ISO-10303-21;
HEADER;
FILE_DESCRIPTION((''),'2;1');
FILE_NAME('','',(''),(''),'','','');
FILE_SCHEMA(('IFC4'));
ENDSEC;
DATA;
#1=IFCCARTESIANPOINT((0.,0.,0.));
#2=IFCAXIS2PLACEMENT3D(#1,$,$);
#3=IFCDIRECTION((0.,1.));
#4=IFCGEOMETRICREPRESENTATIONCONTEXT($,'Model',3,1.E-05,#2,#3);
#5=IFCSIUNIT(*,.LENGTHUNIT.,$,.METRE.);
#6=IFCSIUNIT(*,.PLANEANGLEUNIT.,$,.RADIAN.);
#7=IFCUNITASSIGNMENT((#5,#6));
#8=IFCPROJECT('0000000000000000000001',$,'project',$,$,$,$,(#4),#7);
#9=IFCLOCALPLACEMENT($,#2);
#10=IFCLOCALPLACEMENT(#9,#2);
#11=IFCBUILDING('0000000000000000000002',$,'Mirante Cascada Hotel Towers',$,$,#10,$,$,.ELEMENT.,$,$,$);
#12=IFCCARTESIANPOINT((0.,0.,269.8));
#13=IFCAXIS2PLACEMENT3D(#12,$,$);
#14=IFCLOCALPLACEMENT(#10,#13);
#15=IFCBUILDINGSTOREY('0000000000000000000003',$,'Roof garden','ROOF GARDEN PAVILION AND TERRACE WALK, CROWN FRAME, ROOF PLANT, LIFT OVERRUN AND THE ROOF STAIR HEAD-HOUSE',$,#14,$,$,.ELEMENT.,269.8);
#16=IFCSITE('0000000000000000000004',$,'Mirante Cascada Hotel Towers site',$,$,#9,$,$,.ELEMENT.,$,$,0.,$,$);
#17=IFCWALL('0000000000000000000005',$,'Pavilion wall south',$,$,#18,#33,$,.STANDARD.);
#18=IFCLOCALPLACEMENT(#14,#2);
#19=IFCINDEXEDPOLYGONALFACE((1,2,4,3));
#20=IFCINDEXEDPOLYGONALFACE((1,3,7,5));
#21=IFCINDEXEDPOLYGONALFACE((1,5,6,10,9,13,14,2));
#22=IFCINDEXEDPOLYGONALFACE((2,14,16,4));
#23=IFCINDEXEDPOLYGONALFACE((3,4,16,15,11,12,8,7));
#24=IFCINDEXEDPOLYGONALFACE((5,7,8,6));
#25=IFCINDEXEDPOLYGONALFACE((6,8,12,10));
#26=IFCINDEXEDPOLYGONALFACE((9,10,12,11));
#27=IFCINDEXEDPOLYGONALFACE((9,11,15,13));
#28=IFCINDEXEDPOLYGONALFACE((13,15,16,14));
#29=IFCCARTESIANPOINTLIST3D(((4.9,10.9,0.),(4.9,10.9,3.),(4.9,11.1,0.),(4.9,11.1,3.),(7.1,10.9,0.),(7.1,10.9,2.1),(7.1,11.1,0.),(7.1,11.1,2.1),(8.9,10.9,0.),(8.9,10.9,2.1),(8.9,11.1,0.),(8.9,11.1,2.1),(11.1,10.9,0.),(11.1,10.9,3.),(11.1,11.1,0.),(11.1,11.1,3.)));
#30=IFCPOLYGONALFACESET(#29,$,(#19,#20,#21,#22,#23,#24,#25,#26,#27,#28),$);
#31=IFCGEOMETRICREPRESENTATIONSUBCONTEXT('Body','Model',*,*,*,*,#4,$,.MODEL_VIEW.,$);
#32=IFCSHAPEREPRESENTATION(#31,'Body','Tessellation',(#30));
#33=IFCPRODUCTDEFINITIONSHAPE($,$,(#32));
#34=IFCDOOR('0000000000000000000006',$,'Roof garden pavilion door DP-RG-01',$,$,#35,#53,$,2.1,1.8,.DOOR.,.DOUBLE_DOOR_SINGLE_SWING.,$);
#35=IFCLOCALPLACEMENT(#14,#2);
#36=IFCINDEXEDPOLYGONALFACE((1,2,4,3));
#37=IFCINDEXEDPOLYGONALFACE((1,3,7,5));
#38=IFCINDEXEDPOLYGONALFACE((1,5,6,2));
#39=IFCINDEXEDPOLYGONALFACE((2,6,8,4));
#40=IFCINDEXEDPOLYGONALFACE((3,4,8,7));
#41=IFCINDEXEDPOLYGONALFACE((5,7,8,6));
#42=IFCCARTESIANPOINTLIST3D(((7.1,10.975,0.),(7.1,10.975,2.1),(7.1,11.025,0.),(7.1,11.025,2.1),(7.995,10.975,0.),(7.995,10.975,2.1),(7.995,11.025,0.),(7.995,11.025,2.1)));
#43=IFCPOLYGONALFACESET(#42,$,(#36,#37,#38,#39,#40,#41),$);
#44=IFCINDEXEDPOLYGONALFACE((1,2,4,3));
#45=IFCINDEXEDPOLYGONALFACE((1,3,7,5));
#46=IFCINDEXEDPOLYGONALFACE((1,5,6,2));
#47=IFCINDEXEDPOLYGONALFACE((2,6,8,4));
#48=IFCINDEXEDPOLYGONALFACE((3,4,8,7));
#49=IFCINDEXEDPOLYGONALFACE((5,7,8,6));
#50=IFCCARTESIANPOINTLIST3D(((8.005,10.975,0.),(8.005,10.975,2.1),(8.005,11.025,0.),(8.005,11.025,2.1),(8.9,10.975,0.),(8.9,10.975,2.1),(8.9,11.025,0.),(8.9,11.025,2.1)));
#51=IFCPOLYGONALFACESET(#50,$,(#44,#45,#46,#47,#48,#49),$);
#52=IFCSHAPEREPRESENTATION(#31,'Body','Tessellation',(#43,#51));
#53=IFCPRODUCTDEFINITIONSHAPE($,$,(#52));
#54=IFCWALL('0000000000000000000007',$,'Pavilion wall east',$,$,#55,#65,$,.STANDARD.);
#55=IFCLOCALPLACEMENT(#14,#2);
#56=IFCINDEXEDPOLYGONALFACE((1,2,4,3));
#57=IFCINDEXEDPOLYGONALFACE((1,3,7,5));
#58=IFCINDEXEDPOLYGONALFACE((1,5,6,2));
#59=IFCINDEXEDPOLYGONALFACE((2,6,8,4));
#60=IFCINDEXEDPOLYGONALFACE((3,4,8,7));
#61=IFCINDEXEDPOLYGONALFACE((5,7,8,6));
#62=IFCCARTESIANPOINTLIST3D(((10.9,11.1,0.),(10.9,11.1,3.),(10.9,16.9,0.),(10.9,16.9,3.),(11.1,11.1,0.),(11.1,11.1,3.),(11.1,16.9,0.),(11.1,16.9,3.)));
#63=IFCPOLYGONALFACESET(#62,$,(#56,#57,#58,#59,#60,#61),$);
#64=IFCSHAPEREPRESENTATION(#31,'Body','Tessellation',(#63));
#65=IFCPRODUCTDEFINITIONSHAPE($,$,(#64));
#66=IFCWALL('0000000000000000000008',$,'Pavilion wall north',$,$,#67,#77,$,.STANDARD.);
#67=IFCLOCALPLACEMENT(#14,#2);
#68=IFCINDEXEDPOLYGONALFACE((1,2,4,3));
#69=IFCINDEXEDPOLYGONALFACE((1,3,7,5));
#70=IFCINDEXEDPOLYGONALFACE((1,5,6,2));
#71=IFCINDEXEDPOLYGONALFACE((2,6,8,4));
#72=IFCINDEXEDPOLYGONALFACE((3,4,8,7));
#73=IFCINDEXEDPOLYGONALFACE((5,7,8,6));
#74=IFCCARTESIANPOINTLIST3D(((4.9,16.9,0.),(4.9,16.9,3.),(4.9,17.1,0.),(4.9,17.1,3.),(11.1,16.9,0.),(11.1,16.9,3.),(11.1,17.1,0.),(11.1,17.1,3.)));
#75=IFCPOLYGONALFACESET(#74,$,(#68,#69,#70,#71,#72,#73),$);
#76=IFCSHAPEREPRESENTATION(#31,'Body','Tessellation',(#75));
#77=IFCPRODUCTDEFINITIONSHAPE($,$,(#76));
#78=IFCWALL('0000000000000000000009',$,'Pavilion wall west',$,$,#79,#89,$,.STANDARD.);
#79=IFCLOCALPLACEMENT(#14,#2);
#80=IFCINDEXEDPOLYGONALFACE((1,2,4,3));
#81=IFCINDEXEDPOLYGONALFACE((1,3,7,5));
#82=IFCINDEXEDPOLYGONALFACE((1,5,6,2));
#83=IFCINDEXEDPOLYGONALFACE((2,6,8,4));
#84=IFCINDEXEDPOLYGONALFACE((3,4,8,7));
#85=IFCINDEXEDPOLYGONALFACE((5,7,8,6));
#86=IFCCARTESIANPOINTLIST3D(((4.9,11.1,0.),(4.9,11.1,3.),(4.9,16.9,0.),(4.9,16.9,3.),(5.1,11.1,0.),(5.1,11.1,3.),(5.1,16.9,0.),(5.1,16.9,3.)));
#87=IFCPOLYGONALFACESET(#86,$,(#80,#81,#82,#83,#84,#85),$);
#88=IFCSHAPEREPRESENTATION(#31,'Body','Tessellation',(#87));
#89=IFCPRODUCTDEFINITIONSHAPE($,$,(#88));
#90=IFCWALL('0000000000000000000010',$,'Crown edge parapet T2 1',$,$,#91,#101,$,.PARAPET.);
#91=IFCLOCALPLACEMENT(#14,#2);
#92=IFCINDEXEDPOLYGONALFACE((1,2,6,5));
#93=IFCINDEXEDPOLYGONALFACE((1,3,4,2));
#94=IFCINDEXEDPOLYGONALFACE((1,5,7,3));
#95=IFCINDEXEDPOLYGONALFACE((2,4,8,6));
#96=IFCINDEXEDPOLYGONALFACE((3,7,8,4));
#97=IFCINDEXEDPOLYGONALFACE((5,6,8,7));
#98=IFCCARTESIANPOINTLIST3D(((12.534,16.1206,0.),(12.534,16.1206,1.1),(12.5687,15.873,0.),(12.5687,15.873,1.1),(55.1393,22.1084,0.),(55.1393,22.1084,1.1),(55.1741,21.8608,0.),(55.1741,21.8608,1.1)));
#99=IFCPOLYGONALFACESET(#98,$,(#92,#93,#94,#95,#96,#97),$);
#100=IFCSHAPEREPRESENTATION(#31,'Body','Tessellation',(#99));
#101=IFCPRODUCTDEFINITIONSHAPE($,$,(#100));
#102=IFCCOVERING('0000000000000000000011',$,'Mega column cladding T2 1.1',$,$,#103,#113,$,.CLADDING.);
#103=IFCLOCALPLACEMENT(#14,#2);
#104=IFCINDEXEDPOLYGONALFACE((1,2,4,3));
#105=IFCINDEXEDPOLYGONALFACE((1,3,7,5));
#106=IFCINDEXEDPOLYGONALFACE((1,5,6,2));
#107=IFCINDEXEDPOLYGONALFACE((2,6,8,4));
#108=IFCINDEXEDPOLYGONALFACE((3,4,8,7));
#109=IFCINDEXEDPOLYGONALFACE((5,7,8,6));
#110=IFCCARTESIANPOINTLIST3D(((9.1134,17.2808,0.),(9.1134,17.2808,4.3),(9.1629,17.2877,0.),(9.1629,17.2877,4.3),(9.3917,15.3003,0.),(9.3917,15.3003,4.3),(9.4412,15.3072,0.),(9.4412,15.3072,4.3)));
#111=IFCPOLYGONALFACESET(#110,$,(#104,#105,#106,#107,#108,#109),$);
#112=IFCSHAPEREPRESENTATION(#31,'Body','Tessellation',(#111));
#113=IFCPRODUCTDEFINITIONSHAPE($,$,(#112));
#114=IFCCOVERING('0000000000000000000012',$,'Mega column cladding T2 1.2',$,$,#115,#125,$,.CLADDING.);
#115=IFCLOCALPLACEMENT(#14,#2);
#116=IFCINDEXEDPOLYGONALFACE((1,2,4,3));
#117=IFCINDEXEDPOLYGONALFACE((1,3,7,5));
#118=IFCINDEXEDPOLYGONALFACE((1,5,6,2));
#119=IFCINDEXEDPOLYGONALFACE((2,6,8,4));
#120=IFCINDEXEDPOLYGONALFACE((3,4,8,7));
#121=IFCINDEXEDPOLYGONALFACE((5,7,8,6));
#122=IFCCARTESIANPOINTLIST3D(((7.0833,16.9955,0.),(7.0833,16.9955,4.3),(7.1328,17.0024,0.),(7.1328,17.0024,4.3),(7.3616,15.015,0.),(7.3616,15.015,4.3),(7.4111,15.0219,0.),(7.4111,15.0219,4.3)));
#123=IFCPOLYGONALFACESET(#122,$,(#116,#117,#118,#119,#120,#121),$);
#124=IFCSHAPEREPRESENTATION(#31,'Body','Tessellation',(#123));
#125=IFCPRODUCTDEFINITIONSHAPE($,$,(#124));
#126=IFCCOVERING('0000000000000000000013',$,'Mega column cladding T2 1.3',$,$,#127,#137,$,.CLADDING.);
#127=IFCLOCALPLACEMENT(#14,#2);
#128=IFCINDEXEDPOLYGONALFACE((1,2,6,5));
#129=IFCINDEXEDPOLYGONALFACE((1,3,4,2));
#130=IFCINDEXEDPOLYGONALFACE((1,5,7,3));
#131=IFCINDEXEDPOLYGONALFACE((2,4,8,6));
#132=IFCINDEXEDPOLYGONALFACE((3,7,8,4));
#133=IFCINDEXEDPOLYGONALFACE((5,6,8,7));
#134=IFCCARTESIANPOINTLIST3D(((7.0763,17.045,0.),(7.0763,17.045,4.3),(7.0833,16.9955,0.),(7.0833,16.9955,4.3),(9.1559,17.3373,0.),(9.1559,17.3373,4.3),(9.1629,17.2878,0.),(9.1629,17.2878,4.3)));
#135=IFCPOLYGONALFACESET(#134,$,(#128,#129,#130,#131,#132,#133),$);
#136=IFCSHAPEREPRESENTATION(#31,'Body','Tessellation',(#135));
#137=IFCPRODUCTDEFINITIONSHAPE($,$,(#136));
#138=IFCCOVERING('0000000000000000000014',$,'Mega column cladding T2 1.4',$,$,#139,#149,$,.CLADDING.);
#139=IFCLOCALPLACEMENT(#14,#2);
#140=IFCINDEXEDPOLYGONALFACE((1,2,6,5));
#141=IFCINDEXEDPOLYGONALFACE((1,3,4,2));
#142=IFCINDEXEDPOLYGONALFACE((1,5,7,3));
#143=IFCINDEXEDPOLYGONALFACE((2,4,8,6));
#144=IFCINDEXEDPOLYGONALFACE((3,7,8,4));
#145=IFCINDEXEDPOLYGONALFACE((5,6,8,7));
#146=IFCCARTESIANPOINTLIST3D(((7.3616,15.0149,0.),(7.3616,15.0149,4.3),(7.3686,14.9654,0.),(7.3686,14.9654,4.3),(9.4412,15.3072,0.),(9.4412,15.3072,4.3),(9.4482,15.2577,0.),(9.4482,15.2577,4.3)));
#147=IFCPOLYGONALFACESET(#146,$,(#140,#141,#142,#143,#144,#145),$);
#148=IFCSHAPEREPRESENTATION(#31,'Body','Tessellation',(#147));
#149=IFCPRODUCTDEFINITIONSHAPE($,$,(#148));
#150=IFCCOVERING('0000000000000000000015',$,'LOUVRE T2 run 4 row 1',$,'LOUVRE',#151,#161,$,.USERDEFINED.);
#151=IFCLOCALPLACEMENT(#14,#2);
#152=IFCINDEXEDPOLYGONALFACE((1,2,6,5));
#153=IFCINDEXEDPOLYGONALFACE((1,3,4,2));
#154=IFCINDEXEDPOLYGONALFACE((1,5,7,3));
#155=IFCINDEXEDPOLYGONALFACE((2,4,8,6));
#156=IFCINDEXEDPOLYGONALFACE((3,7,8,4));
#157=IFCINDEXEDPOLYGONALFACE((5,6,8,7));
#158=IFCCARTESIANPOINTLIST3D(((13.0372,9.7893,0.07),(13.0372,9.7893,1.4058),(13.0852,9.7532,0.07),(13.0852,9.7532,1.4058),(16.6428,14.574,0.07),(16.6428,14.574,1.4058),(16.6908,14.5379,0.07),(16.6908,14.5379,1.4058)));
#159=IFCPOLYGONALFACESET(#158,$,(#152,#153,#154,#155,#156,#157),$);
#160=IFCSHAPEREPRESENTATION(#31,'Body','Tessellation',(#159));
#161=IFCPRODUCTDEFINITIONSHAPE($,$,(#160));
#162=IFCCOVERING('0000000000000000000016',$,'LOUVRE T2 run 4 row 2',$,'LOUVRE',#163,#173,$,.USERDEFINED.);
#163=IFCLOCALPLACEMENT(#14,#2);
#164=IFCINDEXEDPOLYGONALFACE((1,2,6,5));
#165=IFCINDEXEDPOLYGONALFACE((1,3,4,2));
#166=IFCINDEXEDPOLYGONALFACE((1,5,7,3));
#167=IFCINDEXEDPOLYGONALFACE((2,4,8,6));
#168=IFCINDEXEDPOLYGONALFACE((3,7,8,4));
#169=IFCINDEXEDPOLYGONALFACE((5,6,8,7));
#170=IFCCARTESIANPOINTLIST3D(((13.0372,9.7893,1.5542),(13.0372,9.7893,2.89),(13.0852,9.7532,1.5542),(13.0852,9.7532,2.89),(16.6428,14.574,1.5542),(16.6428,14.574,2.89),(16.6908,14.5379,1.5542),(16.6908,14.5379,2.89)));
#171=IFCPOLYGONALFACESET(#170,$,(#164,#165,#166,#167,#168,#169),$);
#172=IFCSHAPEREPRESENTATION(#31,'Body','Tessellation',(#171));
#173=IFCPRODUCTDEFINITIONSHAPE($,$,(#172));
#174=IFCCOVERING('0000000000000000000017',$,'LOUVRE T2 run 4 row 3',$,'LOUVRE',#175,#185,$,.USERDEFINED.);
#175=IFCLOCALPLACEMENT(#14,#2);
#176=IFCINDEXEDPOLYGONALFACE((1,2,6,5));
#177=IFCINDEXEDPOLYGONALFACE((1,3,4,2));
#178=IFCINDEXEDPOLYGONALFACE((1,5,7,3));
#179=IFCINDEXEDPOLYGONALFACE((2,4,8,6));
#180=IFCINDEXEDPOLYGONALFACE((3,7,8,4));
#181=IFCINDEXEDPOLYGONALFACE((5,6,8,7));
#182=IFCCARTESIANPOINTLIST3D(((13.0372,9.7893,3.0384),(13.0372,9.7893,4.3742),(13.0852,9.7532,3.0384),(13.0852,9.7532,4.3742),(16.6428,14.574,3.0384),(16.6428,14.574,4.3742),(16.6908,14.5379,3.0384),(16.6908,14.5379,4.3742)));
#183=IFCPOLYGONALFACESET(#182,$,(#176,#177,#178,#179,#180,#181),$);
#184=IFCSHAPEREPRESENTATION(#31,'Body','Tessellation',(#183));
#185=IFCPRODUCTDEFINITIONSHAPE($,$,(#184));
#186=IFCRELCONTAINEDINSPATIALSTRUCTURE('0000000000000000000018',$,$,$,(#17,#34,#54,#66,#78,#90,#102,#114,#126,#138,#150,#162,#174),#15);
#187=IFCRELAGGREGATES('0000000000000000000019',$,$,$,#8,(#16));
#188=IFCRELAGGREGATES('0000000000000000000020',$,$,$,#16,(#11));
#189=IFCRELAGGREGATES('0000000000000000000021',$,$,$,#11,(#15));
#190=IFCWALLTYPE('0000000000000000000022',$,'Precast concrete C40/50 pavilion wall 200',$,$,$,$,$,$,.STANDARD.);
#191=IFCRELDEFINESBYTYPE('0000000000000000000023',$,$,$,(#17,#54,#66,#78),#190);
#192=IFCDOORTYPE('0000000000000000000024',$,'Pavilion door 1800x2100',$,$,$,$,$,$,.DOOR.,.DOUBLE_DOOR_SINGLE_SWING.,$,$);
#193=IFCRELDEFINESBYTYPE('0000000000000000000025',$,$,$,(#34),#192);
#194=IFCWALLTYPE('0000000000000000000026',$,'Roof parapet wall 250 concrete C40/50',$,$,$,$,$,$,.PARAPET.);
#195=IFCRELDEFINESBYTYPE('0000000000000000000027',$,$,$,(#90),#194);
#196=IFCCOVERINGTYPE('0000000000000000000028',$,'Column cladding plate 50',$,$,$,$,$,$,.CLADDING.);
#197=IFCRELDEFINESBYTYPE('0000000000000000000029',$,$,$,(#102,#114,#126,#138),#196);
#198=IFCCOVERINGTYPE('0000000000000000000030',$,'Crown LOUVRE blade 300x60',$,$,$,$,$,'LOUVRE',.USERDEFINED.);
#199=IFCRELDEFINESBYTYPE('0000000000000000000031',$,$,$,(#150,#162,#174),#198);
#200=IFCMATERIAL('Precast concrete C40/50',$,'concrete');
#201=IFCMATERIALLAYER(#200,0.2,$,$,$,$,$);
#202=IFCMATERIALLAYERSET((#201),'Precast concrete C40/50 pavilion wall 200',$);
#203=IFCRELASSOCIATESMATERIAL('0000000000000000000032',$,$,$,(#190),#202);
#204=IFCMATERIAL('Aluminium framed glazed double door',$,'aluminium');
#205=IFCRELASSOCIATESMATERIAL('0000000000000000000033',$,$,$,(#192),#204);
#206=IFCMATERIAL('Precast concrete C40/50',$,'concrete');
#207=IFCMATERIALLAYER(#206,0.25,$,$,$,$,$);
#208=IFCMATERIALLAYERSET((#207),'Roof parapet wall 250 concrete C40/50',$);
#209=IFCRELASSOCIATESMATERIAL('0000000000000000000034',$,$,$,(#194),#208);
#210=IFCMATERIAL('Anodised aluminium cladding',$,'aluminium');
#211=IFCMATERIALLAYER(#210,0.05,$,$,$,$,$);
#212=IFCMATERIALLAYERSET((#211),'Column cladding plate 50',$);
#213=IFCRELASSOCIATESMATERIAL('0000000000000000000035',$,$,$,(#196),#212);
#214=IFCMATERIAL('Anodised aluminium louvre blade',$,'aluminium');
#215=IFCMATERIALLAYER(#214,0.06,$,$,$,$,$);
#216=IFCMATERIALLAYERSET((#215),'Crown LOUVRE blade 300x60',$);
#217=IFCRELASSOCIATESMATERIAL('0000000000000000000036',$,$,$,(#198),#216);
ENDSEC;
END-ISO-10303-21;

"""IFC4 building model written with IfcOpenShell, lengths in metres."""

from ifc_helpers import new_model, si_unit, direction, frame, frame_2d, origin, origin_2d, place, context, subcontext, project, spatial, rectangle, extrude, material, layer, layer_set, type_object, element, fill, save


model = new_model("IFC4")

# Units and contexts
model_context = context("Model", 3, precision=1e-05, world=origin(), true_north=direction((0.0, 1.0)))
body_context = subcontext(model_context, "Body", "Model", "MODEL_VIEW")
ifc_project = project(units=[si_unit("LENGTHUNIT", "METRE"), si_unit("PLANEANGLEUNIT", "RADIAN")], contexts=[model_context])

# Site, building, storey
site_placement = place(None, origin())
site = spatial("IfcSite", under=ifc_project, at=site_placement, Name="Mirante Cascada Hotel Towers site", CompositionType="ELEMENT", RefElevation=0.0)
building_placement = place(site_placement, origin())
building = spatial("IfcBuilding", under=site, at=building_placement, Name="Mirante Cascada Hotel Towers", CompositionType="ELEMENT")
storey_placement = place(building_placement, frame((0.0, 0.0, 269.8)))
storey = spatial("IfcBuildingStorey", under=building, at=storey_placement, Name="Roof garden", Description="ROOF GARDEN PAVILION AND TERRACE WALK, CROWN FRAME, ROOF PLANT, LIFT OVERRUN AND THE ROOF STAIR HEAD-HOUSE", CompositionType="ELEMENT", Elevation=269.8)

# Wall, opening, door
ifc_material_1 = material(Name="Precast concrete C40/50", Category="concrete")
ifc_layer_1 = layer(ifc_material_1, 0.2)
ifc_layer_set_1 = layer_set([ifc_layer_1], Name="Precast concrete C40/50 pavilion wall 200")
wall_type_1 = type_object("IfcWallType", Name="Precast concrete C40/50 pavilion wall 200", PredefinedType="STANDARD", material=ifc_layer_set_1)
wall_1_placement = place(storey_placement, frame((4.9, 11.0, 0.0), z_axis=(0.0, 0.0, 1.0), x_axis=(1.0, 0.0, 0.0)))
wall_1 = element("IfcWall", 1, at=wall_1_placement, inside=storey, type_object=wall_type_1, Name="Pavilion wall south", PredefinedType="STANDARD", context=body_context, shape_type="SweptSolid", body=[
    extrude(rectangle(XDim=6.2, YDim=0.2, at=frame_2d((3.1, 0.0))), origin(), (0.0, 0.0, 1.0), 3.0),
])
opening_1_placement = place(wall_1_placement, frame((2.2, 0.0, 0.0)))
opening_1 = element("IfcOpeningElement", 2, at=opening_1_placement, cuts=wall_1, PredefinedType="OPENING", context=body_context, shape_type="SweptSolid", body=[
    extrude(rectangle(XDim=1.8, YDim=2.1, at=frame_2d((0.9, 1.05))), frame((0.0, 0.1, 0.0), z_axis=(0.0, -1.0, 0.0), x_axis=(1.0, 0.0, 0.0)), (0.0, 0.0, 1.0), 0.2),
])
ifc_material_2 = material(Name="Aluminium framed glazed double door", Category="aluminium")
door_type_1 = type_object("IfcDoorType", Name="Pavilion door 1800x2100", OperationType="DOUBLE_DOOR_SINGLE_SWING", PredefinedType="DOOR", material=ifc_material_2)
door_1_placement = place(opening_1_placement, origin())
door_1 = element("IfcDoor", 3, at=door_1_placement, inside=storey, type_object=door_type_1, Name="Roof garden pavilion door DP-RG-01", OperationType="DOUBLE_DOOR_SINGLE_SWING", OverallHeight=2.1, OverallWidth=1.8, PredefinedType="DOOR", context=body_context, shape_type="SweptSolid", body=[
    extrude(rectangle(XDim=0.895, YDim=2.1, at=frame_2d((0.4475, 1.05))), frame((0.0, 0.025, 0.0), z_axis=(0.0, -1.0, 0.0), x_axis=(1.0, 0.0, 0.0)), (0.0, 0.0, 1.0), 0.05),
    extrude(rectangle(XDim=0.895, YDim=2.1, at=frame_2d((1.3525, 1.05))), frame((0.0, 0.025, 0.0), z_axis=(0.0, -1.0, 0.0), x_axis=(1.0, 0.0, 0.0)), (0.0, 0.0, 1.0), 0.05),
])
fill(opening_1, door_1)

# Walls
wall_2_placement = place(storey_placement, frame((11.0, 11.1, 0.0), z_axis=(0.0, 0.0, 1.0), x_axis=(0.0, 1.0, 0.0)))
element("IfcWall", 4, at=wall_2_placement, inside=storey, type_object=wall_type_1, Name="Pavilion wall east", PredefinedType="STANDARD", context=body_context, shape_type="SweptSolid", body=[
    extrude(rectangle(XDim=5.8, YDim=0.2, at=frame_2d((2.9, 0.0))), origin(), (0.0, 0.0, 1.0), 3.0),
])
wall_3_placement = place(storey_placement, frame((11.1, 17.0, 0.0), z_axis=(0.0, 0.0, 1.0), x_axis=(-1.0, 0.0, 0.0)))
element("IfcWall", 5, at=wall_3_placement, inside=storey, type_object=wall_type_1, Name="Pavilion wall north", PredefinedType="STANDARD", context=body_context, shape_type="SweptSolid", body=[
    extrude(rectangle(XDim=6.2, YDim=0.2, at=frame_2d((3.1, 0.0))), origin(), (0.0, 0.0, 1.0), 3.0),
])
wall_4_placement = place(storey_placement, frame((5.0, 16.9, 0.0), z_axis=(0.0, 0.0, 1.0), x_axis=(0.0, -1.0, 0.0)))
element("IfcWall", 6, at=wall_4_placement, inside=storey, type_object=wall_type_1, Name="Pavilion wall west", PredefinedType="STANDARD", context=body_context, shape_type="SweptSolid", body=[
    extrude(rectangle(XDim=5.8, YDim=0.2, at=frame_2d((2.9, 0.0))), origin(), (0.0, 0.0, 1.0), 3.0),
])
ifc_material_3 = material(Name="Precast concrete C40/50", Category="concrete")
ifc_layer_2 = layer(ifc_material_3, 0.25)
ifc_layer_set_2 = layer_set([ifc_layer_2], Name="Roof parapet wall 250 concrete C40/50")
wall_type_2 = type_object("IfcWallType", Name="Roof parapet wall 250 concrete C40/50", PredefinedType="PARAPET", material=ifc_layer_set_2)
wall_5_placement = place(storey_placement, frame((12.5514, 15.9968, 0.0), z_axis=(0.0, 0.0, 1.0), x_axis=(0.990268, 0.139173, 0.0)))
element("IfcWall", 7, at=wall_5_placement, inside=storey, type_object=wall_type_2, Name="Crown edge parapet T2 1", PredefinedType="PARAPET", context=body_context, shape_type="SweptSolid", body=[
    extrude(rectangle(XDim=43.0241, YDim=0.25, at=frame_2d((21.512, 0.0))), origin(), (0.0, 0.0, 1.0), 1.1),
])

# Coverings
ifc_material_4 = material(Name="Anodised aluminium cladding", Category="aluminium")
ifc_layer_3 = layer(ifc_material_4, 0.05)
ifc_layer_set_3 = layer_set([ifc_layer_3], Name="Column cladding plate 50")
covering_type_1 = type_object("IfcCoveringType", Name="Column cladding plate 50", PredefinedType="CLADDING", material=ifc_layer_set_3)
for number, where, z_axis, x_axis, name in (
    (8, (9.2773, 16.294, 0.0), (0.0, 0.0, 1.0), (0.990268, 0.139173, 0.0), "Mega column cladding T2 1.1"),
    (9, (7.2472, 16.0087, 0.0), (0.0, 0.0, 1.0), (0.990268, 0.139173, 0.0), "Mega column cladding T2 1.2"),
):
    element("IfcCovering", number, at=place(storey_placement, frame(where, z_axis=z_axis, x_axis=x_axis)), inside=storey, type_object=covering_type_1, Name=name, PredefinedType="CLADDING", context=body_context, shape_type="SweptSolid", body=[
        extrude(rectangle(XDim=0.05, YDim=2.0, at=origin_2d()), origin(), (0.0, 0.0, 1.0), 4.3),
    ])
for number, where, z_axis, x_axis, name in (
    (10, (8.1196, 17.1664, 0.0), (0.0, 0.0, 1.0), (0.990268, 0.139173, 0.0), "Mega column cladding T2 1.3"),
    (11, (8.4049, 15.1363, 0.0), (0.0, 0.0, 1.0), (0.990268, 0.139173, 0.0), "Mega column cladding T2 1.4"),
):
    element("IfcCovering", number, at=place(storey_placement, frame(where, z_axis=z_axis, x_axis=x_axis)), inside=storey, type_object=covering_type_1, Name=name, PredefinedType="CLADDING", context=body_context, shape_type="SweptSolid", body=[
        extrude(rectangle(XDim=2.1, YDim=0.05, at=origin_2d()), origin(), (0.0, 0.0, 1.0), 4.3),
    ])
ifc_material_5 = material(Name="Anodised aluminium louvre blade", Category="aluminium")
ifc_layer_4 = layer(ifc_material_5, 0.06)
ifc_layer_set_4 = layer_set([ifc_layer_4], Name="Crown LOUVRE blade 300x60")
covering_type_2 = type_object("IfcCoveringType", Name="Crown LOUVRE blade 300x60", ElementType="LOUVRE", PredefinedType="USERDEFINED", material=ifc_layer_set_4)
for number, where, z_axis, x_axis, name in (
    (12, (14.864, 12.1636, 0.07), (0.0, 0.0, 1.0), (0.601815, 0.798636, 0.0), "LOUVRE T2 run 4 row 1"),
    (13, (14.864, 12.1636, 1.5542), (0.0, 0.0, 1.0), (0.601815, 0.798636, 0.0), "LOUVRE T2 run 4 row 2"),
    (14, (14.864, 12.1636, 3.0384), (0.0, 0.0, 1.0), (0.601815, 0.798636, 0.0), "LOUVRE T2 run 4 row 3"),
):
    element("IfcCovering", number, at=place(storey_placement, frame(where, z_axis=z_axis, x_axis=x_axis)), inside=storey, type_object=covering_type_2, Name=name, ObjectType="LOUVRE", PredefinedType="USERDEFINED", context=body_context, shape_type="SweptSolid", body=[
        extrude(rectangle(XDim=5.9912, YDim=0.06, at=origin_2d()), origin(), (0.0, 0.0, 1.0), 1.3358),
    ])

save(model, "model.ifc")
